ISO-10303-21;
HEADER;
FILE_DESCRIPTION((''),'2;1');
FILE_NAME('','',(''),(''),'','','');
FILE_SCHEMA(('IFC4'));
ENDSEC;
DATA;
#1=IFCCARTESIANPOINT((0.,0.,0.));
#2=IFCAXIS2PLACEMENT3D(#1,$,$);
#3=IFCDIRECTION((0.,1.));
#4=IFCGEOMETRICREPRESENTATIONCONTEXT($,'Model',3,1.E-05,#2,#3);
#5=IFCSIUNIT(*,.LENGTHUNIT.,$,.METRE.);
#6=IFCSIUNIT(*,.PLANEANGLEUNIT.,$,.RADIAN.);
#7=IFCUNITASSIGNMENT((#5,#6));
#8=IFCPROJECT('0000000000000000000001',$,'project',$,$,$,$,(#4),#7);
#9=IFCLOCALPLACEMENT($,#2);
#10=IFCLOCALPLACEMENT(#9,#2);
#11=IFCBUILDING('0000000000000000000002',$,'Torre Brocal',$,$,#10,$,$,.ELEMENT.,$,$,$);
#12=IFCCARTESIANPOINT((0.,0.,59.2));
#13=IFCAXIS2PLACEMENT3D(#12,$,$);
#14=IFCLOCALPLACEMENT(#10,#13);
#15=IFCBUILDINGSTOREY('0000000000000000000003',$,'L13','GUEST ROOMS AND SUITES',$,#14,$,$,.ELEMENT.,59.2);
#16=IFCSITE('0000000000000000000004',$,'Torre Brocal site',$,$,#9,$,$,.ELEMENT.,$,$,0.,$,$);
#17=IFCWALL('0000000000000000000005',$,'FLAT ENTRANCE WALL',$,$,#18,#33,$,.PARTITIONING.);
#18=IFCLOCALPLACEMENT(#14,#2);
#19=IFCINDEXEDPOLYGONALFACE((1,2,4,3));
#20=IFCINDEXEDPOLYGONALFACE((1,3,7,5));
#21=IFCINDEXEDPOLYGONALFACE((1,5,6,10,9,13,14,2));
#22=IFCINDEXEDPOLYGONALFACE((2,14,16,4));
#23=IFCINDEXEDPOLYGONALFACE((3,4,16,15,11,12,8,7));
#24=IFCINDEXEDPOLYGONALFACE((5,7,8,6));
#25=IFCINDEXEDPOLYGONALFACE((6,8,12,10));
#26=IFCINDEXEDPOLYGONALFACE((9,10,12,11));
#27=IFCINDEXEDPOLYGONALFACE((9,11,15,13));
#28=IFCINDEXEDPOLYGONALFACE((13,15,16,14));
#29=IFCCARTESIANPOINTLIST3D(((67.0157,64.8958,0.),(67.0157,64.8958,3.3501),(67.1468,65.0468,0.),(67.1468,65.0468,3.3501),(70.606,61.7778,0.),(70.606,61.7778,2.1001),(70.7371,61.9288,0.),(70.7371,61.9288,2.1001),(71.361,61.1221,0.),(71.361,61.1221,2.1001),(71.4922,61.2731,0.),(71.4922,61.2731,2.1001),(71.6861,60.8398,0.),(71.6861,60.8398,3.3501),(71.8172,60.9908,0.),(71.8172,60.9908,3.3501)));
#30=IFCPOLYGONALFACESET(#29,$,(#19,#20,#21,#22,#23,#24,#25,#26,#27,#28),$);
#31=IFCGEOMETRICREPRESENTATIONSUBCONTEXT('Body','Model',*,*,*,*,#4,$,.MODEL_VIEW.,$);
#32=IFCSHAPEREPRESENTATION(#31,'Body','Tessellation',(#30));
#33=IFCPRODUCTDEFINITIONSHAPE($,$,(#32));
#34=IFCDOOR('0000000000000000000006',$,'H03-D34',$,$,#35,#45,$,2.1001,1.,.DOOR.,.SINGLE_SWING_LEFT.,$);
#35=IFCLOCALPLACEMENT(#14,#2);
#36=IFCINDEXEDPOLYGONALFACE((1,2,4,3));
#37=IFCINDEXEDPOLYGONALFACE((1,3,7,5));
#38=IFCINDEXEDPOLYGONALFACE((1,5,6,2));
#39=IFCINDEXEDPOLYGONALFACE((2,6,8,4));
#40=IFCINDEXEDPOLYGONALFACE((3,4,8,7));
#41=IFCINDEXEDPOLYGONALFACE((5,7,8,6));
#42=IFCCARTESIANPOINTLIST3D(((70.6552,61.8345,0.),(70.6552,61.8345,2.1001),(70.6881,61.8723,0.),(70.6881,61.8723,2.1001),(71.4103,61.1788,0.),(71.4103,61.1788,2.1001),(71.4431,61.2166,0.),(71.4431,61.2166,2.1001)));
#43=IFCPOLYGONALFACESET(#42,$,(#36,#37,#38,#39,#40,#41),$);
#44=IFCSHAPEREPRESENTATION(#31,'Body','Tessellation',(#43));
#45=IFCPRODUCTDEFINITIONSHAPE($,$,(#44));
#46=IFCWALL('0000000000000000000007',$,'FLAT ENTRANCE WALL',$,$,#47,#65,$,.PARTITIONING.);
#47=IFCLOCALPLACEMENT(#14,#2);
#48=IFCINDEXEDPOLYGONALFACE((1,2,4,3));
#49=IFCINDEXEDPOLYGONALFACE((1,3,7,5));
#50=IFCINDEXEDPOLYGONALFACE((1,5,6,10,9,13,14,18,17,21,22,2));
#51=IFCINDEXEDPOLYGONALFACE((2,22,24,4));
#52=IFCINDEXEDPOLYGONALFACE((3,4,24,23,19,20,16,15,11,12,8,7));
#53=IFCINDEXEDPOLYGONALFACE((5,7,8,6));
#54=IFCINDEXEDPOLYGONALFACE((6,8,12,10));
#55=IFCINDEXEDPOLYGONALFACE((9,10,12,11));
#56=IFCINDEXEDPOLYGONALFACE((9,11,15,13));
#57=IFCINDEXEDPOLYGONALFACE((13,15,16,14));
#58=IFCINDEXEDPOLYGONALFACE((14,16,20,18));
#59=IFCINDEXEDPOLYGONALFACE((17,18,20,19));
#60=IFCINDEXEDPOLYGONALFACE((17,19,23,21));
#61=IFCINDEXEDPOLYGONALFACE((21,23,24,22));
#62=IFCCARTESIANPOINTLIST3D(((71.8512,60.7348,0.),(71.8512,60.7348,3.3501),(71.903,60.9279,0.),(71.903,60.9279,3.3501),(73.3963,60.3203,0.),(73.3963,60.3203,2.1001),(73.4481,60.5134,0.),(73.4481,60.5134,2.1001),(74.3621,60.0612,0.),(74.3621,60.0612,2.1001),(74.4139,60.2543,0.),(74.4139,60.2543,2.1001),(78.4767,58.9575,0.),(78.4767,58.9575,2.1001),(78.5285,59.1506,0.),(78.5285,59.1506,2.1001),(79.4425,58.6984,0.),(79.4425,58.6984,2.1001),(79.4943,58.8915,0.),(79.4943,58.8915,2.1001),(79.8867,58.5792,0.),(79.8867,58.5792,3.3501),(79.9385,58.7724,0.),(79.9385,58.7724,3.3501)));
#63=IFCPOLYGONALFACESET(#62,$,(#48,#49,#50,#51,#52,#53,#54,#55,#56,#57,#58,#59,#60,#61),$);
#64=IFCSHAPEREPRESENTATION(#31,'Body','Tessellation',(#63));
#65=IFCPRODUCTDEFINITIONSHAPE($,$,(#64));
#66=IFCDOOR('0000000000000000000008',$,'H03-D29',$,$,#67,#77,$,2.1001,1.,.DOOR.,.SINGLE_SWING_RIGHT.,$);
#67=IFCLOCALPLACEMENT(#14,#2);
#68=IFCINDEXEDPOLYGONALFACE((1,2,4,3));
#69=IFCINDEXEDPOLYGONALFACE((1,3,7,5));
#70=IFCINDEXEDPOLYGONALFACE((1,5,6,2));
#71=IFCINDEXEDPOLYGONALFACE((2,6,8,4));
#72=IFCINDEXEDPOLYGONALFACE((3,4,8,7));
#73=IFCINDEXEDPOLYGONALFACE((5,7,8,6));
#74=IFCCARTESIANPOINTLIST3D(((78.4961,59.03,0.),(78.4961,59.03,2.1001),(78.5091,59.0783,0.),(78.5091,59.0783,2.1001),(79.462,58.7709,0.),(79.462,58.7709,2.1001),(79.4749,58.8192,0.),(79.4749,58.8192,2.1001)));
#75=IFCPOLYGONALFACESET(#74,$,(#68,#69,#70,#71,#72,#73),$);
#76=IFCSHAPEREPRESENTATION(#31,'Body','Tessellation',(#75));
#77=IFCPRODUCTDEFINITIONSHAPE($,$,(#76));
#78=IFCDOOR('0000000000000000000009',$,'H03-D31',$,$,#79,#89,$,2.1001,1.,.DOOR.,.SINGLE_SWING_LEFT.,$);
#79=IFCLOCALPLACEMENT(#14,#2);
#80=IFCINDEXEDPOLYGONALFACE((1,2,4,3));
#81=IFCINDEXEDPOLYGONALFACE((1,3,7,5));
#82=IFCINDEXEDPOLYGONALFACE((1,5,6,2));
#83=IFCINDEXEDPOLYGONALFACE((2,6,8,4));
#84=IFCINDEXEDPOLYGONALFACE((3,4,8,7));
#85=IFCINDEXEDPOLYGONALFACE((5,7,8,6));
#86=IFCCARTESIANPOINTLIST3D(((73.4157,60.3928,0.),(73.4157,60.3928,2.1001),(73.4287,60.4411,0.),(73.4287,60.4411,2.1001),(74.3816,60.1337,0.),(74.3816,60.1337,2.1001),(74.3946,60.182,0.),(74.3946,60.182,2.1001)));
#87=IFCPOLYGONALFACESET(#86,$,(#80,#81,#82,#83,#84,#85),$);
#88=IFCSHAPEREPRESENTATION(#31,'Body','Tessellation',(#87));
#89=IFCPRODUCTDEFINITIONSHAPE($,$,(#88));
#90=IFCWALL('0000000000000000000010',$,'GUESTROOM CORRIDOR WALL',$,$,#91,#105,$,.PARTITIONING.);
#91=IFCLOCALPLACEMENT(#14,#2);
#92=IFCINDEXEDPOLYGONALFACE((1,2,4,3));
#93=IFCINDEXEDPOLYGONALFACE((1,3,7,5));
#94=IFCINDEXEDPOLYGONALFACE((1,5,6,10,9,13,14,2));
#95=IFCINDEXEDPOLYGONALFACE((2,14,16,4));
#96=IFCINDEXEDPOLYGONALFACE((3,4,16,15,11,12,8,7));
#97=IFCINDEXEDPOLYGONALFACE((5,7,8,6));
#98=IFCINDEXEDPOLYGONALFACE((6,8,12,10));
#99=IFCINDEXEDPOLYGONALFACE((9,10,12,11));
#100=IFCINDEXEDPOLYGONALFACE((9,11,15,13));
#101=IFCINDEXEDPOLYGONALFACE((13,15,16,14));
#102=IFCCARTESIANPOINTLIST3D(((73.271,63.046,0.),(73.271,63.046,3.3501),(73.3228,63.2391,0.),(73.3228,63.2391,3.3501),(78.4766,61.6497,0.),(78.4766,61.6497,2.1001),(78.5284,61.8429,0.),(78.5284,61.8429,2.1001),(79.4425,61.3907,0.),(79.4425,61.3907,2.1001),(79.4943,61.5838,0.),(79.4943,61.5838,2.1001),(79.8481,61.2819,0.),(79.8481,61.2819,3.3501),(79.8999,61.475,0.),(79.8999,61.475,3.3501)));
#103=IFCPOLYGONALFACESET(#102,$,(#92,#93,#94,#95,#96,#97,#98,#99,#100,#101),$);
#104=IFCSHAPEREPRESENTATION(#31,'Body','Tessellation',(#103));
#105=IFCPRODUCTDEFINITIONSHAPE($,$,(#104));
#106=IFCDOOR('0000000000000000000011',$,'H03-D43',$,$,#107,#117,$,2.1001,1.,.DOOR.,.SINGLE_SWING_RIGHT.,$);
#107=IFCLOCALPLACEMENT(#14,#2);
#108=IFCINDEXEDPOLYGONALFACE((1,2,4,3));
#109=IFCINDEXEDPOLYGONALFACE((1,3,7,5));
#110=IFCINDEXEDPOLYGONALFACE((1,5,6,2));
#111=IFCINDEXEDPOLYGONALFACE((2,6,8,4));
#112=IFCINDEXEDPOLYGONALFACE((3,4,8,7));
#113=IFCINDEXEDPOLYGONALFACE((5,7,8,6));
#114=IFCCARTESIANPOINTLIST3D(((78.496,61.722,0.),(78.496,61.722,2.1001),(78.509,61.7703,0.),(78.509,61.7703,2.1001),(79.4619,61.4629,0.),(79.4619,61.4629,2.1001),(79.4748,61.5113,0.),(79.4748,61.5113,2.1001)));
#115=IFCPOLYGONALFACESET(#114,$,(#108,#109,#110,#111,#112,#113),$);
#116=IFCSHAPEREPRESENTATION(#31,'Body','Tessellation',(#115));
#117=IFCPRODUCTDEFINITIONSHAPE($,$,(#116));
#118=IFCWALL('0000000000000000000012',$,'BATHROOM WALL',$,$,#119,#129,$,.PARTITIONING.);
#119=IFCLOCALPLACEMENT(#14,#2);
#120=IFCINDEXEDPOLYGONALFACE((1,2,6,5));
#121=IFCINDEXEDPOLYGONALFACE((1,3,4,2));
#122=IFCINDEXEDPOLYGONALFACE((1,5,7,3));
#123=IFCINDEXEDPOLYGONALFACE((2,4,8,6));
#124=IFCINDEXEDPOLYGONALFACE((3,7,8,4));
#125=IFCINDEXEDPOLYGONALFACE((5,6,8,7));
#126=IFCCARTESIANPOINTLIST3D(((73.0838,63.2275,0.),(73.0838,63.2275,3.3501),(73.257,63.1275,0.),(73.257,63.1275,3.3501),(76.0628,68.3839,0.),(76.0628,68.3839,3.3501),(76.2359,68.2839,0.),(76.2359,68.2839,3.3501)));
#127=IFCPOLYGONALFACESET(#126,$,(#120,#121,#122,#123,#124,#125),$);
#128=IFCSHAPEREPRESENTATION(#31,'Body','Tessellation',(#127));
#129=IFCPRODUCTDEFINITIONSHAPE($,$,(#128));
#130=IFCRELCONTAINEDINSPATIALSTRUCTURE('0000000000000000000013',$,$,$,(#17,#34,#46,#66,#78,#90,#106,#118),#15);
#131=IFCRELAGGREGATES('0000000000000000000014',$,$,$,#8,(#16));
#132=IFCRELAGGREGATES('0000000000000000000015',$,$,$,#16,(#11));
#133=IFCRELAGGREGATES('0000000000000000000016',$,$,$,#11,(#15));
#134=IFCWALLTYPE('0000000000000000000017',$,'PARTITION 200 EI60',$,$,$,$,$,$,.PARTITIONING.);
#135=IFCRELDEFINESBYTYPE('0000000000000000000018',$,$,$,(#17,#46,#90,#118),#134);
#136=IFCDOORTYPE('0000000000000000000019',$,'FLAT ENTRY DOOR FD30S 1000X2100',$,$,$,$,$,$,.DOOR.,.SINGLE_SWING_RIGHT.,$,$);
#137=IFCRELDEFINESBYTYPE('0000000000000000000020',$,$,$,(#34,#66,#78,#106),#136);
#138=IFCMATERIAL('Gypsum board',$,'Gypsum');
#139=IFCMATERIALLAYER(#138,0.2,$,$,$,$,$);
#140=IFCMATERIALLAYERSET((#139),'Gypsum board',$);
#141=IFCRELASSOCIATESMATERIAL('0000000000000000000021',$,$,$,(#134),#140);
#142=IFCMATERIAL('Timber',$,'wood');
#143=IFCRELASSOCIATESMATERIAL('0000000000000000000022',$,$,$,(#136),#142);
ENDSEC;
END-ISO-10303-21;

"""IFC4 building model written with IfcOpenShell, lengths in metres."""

from ifc_helpers import new_model, si_unit, direction, frame, frame_2d, origin, place, context, subcontext, project, spatial, rectangle, extrude, material, layer, layer_set, type_object, element, fill, save


model = new_model("IFC4")

# Units and contexts
model_context = context("Model", 3, precision=1e-05, world=origin(), true_north=direction((0.0, 1.0)))
body_context = subcontext(model_context, "Body", "Model", "MODEL_VIEW")
ifc_project = project(units=[si_unit("LENGTHUNIT", "METRE"), si_unit("PLANEANGLEUNIT", "RADIAN")], contexts=[model_context])

# Site, building, storey
site_placement = place(None, origin())
site = spatial("IfcSite", under=ifc_project, at=site_placement, Name="Torre Brocal site", CompositionType="ELEMENT", RefElevation=0.0)
building_placement = place(site_placement, origin())
building = spatial("IfcBuilding", under=site, at=building_placement, Name="Torre Brocal", CompositionType="ELEMENT")
storey_placement = place(building_placement, frame((0.0, 0.0, 59.2)))
storey = spatial("IfcBuildingStorey", under=building, at=storey_placement, Name="L13", Description="GUEST ROOMS AND SUITES", CompositionType="ELEMENT", Elevation=59.2)

# Wall, opening, door
ifc_material_1 = material(Name="Gypsum board", Category="Gypsum")
ifc_layer_1 = layer(ifc_material_1, 0.2)
ifc_layer_set_1 = layer_set([ifc_layer_1], Name="Gypsum board")
wall_type_1 = type_object("IfcWallType", Name="PARTITION 200 EI60", PredefinedType="PARTITIONING", material=ifc_layer_set_1)
wall_1_placement = place(storey_placement, frame((67.0813, 64.9712, 0.0), z_axis=(0.0, 0.0, 1.0), x_axis=(0.755031, -0.655689, 0.0)))
wall_1 = element("IfcWall", 1, at=wall_1_placement, inside=storey, type_object=wall_type_1, Name="FLAT ENTRANCE WALL", PredefinedType="PARTITIONING", context=body_context, shape_type="SweptSolid", body=[
    extrude(rectangle(XDim=6.1858, YDim=0.2, at=frame_2d((3.0928, 0.0))), origin(), (0.0, 0.0, 1.0), 3.3501),
])
opening_1_placement = place(wall_1_placement, frame((4.7551, 0.0, 0.0)))
opening_1 = element("IfcOpeningElement", 2, at=opening_1_placement, cuts=wall_1, PredefinedType="OPENING", context=body_context, shape_type="SweptSolid", body=[
    extrude(rectangle(XDim=1.0, YDim=2.1001, at=frame_2d((0.5, 1.05))), frame((0.0, 0.1099, 0.0), z_axis=(0.0, -1.0, 0.0), x_axis=(1.0, 0.0, 0.0)), (0.0, 0.0, 1.0), 0.22),
])
ifc_material_2 = material(Name="Timber", Category="wood")
door_type_1 = type_object("IfcDoorType", Name="FLAT ENTRY DOOR FD30S 1000X2100", OperationType="SINGLE_SWING_RIGHT", PredefinedType="DOOR", material=ifc_material_2)
door_1_placement = place(opening_1_placement, frame((1.0, 0.0, 0.0), z_axis=(0.0, 0.0, 1.0), x_axis=(-1.0, 0.0, 0.0)))
door_1 = element("IfcDoor", 3, at=door_1_placement, inside=storey, type_object=door_type_1, Name="H03-D34", OperationType="SINGLE_SWING_LEFT", OverallHeight=2.1001, OverallWidth=1.0, PredefinedType="DOOR", context=body_context, shape_type="SweptSolid", body=[
    extrude(rectangle(XDim=1.0, YDim=2.1001, at=frame_2d((0.5, 1.05))), frame((0.0, 0.0249, 0.0), z_axis=(0.0, -1.0, 0.0), x_axis=(1.0, 0.0, 0.0)), (0.0, 0.0, 1.0), 0.05),
])
fill(opening_1, door_1)

# Wall, openings, doors
wall_2_placement = place(storey_placement, frame((71.8772, 60.8313, 0.0), z_axis=(0.0, 0.0, 1.0), x_axis=(0.965853, -0.259093, 0.0)))
wall_2 = element("IfcWall", 4, at=wall_2_placement, inside=storey, type_object=wall_type_1, Name="FLAT ENTRANCE WALL", PredefinedType="PARTITIONING", context=body_context, shape_type="SweptSolid", body=[
    extrude(rectangle(XDim=8.3196, YDim=0.2, at=frame_2d((4.1597, 0.0))), origin(), (0.0, 0.0, 1.0), 3.3501),
])
opening_2_placement = place(wall_2_placement, frame((6.8596, 0.0, 0.0)))
opening_2 = element("IfcOpeningElement", 5, at=opening_2_placement, cuts=wall_2, PredefinedType="OPENING", context=body_context, shape_type="SweptSolid", body=[
    extrude(rectangle(XDim=1.0, YDim=2.1001, at=frame_2d((0.5, 1.05))), frame((0.0, 0.1099, 0.0), z_axis=(0.0, -1.0, 0.0), x_axis=(1.0, 0.0, 0.0)), (0.0, 0.0, 1.0), 0.22),
])
opening_3_placement = place(wall_2_placement, frame((1.5996, 0.0, 0.0)))
opening_3 = element("IfcOpeningElement", 6, at=opening_3_placement, cuts=wall_2, PredefinedType="OPENING", context=body_context, shape_type="SweptSolid", body=[
    extrude(rectangle(XDim=1.0, YDim=2.1001, at=frame_2d((0.5, 1.05))), frame((0.0, 0.1099, 0.0), z_axis=(0.0, -1.0, 0.0), x_axis=(1.0, 0.0, 0.0)), (0.0, 0.0, 1.0), 0.22),
])
door_2_placement = place(opening_2_placement, frame((1.0, 0.0, 0.0), z_axis=(0.0, 0.0, 1.0), x_axis=(-1.0, 0.0, 0.0)))
door_2 = element("IfcDoor", 7, at=door_2_placement, inside=storey, type_object=door_type_1, Name="H03-D29", OperationType="SINGLE_SWING_RIGHT", OverallHeight=2.1001, OverallWidth=1.0, PredefinedType="DOOR", context=body_context, shape_type="SweptSolid", body=[
    extrude(rectangle(XDim=1.0, YDim=2.1001, at=frame_2d((0.5, 1.05))), frame((0.0, 0.0249, 0.0), z_axis=(0.0, -1.0, 0.0), x_axis=(1.0, 0.0, 0.0)), (0.0, 0.0, 1.0), 0.05),
])
fill(opening_2, door_2)
door_3_placement = place(opening_3_placement, frame((1.0, 0.0, 0.0), z_axis=(0.0, 0.0, 1.0), x_axis=(-1.0, 0.0, 0.0)))
door_3 = element("IfcDoor", 8, at=door_3_placement, inside=storey, type_object=door_type_1, Name="H03-D31", OperationType="SINGLE_SWING_LEFT", OverallHeight=2.1001, OverallWidth=1.0, PredefinedType="DOOR", context=body_context, shape_type="SweptSolid", body=[
    extrude(rectangle(XDim=1.0, YDim=2.1001, at=frame_2d((0.5, 1.05))), frame((0.0, 0.0249, 0.0), z_axis=(0.0, -1.0, 0.0), x_axis=(1.0, 0.0, 0.0)), (0.0, 0.0, 1.0), 0.05),
])
fill(opening_3, door_3)

# Wall, opening, door
wall_3_placement = place(storey_placement, frame((73.2969, 63.1426, 0.0), z_axis=(0.0, 0.0, 1.0), x_axis=(0.965859, -0.259068, 0.0)))
wall_3 = element("IfcWall", 9, at=wall_3_placement, inside=storey, type_object=wall_type_1, Name="GUESTROOM CORRIDOR WALL", PredefinedType="PARTITIONING", context=body_context, shape_type="SweptSolid", body=[
    extrude(rectangle(XDim=6.8096, YDim=0.2, at=frame_2d((3.4048, 0.0))), origin(), (0.0, 0.0, 1.0), 3.3501),
])
opening_4_placement = place(wall_3_placement, frame((5.3896, 0.0, 0.0)))
opening_4 = element("IfcOpeningElement", 10, at=opening_4_placement, cuts=wall_3, PredefinedType="OPENING", context=body_context, shape_type="SweptSolid", body=[
    extrude(rectangle(XDim=1.0, YDim=2.1001, at=frame_2d((0.5, 1.05))), frame((0.0, 0.1099, 0.0), z_axis=(0.0, -1.0, 0.0), x_axis=(1.0, 0.0, 0.0)), (0.0, 0.0, 1.0), 0.22),
])
door_4_placement = place(opening_4_placement, origin())
door_4 = element("IfcDoor", 11, at=door_4_placement, inside=storey, type_object=door_type_1, Name="H03-D43", OperationType="SINGLE_SWING_RIGHT", OverallHeight=2.1001, OverallWidth=1.0, PredefinedType="DOOR", context=body_context, shape_type="SweptSolid", body=[
    extrude(rectangle(XDim=1.0, YDim=2.1001, at=frame_2d((0.5, 1.05))), frame((0.0, 0.0249, 0.0), z_axis=(0.0, -1.0, 0.0), x_axis=(1.0, 0.0, 0.0)), (0.0, 0.0, 1.0), 0.05),
])
fill(opening_4, door_4)

# Wall
wall_4_placement = place(storey_placement, frame((73.1704, 63.1775, 0.0), z_axis=(0.0, 0.0, 1.0), x_axis=(0.500239, 0.865887, 0.0)))
element("IfcWall", 12, at=wall_4_placement, inside=storey, type_object=wall_type_1, Name="BATHROOM WALL", PredefinedType="PARTITIONING", context=body_context, shape_type="SweptSolid", body=[
    extrude(rectangle(XDim=5.9551, YDim=0.2, at=frame_2d((2.9775, 0.0))), origin(), (0.0, 0.0, 1.0), 3.3501),
])

save(model, "model.ifc")
